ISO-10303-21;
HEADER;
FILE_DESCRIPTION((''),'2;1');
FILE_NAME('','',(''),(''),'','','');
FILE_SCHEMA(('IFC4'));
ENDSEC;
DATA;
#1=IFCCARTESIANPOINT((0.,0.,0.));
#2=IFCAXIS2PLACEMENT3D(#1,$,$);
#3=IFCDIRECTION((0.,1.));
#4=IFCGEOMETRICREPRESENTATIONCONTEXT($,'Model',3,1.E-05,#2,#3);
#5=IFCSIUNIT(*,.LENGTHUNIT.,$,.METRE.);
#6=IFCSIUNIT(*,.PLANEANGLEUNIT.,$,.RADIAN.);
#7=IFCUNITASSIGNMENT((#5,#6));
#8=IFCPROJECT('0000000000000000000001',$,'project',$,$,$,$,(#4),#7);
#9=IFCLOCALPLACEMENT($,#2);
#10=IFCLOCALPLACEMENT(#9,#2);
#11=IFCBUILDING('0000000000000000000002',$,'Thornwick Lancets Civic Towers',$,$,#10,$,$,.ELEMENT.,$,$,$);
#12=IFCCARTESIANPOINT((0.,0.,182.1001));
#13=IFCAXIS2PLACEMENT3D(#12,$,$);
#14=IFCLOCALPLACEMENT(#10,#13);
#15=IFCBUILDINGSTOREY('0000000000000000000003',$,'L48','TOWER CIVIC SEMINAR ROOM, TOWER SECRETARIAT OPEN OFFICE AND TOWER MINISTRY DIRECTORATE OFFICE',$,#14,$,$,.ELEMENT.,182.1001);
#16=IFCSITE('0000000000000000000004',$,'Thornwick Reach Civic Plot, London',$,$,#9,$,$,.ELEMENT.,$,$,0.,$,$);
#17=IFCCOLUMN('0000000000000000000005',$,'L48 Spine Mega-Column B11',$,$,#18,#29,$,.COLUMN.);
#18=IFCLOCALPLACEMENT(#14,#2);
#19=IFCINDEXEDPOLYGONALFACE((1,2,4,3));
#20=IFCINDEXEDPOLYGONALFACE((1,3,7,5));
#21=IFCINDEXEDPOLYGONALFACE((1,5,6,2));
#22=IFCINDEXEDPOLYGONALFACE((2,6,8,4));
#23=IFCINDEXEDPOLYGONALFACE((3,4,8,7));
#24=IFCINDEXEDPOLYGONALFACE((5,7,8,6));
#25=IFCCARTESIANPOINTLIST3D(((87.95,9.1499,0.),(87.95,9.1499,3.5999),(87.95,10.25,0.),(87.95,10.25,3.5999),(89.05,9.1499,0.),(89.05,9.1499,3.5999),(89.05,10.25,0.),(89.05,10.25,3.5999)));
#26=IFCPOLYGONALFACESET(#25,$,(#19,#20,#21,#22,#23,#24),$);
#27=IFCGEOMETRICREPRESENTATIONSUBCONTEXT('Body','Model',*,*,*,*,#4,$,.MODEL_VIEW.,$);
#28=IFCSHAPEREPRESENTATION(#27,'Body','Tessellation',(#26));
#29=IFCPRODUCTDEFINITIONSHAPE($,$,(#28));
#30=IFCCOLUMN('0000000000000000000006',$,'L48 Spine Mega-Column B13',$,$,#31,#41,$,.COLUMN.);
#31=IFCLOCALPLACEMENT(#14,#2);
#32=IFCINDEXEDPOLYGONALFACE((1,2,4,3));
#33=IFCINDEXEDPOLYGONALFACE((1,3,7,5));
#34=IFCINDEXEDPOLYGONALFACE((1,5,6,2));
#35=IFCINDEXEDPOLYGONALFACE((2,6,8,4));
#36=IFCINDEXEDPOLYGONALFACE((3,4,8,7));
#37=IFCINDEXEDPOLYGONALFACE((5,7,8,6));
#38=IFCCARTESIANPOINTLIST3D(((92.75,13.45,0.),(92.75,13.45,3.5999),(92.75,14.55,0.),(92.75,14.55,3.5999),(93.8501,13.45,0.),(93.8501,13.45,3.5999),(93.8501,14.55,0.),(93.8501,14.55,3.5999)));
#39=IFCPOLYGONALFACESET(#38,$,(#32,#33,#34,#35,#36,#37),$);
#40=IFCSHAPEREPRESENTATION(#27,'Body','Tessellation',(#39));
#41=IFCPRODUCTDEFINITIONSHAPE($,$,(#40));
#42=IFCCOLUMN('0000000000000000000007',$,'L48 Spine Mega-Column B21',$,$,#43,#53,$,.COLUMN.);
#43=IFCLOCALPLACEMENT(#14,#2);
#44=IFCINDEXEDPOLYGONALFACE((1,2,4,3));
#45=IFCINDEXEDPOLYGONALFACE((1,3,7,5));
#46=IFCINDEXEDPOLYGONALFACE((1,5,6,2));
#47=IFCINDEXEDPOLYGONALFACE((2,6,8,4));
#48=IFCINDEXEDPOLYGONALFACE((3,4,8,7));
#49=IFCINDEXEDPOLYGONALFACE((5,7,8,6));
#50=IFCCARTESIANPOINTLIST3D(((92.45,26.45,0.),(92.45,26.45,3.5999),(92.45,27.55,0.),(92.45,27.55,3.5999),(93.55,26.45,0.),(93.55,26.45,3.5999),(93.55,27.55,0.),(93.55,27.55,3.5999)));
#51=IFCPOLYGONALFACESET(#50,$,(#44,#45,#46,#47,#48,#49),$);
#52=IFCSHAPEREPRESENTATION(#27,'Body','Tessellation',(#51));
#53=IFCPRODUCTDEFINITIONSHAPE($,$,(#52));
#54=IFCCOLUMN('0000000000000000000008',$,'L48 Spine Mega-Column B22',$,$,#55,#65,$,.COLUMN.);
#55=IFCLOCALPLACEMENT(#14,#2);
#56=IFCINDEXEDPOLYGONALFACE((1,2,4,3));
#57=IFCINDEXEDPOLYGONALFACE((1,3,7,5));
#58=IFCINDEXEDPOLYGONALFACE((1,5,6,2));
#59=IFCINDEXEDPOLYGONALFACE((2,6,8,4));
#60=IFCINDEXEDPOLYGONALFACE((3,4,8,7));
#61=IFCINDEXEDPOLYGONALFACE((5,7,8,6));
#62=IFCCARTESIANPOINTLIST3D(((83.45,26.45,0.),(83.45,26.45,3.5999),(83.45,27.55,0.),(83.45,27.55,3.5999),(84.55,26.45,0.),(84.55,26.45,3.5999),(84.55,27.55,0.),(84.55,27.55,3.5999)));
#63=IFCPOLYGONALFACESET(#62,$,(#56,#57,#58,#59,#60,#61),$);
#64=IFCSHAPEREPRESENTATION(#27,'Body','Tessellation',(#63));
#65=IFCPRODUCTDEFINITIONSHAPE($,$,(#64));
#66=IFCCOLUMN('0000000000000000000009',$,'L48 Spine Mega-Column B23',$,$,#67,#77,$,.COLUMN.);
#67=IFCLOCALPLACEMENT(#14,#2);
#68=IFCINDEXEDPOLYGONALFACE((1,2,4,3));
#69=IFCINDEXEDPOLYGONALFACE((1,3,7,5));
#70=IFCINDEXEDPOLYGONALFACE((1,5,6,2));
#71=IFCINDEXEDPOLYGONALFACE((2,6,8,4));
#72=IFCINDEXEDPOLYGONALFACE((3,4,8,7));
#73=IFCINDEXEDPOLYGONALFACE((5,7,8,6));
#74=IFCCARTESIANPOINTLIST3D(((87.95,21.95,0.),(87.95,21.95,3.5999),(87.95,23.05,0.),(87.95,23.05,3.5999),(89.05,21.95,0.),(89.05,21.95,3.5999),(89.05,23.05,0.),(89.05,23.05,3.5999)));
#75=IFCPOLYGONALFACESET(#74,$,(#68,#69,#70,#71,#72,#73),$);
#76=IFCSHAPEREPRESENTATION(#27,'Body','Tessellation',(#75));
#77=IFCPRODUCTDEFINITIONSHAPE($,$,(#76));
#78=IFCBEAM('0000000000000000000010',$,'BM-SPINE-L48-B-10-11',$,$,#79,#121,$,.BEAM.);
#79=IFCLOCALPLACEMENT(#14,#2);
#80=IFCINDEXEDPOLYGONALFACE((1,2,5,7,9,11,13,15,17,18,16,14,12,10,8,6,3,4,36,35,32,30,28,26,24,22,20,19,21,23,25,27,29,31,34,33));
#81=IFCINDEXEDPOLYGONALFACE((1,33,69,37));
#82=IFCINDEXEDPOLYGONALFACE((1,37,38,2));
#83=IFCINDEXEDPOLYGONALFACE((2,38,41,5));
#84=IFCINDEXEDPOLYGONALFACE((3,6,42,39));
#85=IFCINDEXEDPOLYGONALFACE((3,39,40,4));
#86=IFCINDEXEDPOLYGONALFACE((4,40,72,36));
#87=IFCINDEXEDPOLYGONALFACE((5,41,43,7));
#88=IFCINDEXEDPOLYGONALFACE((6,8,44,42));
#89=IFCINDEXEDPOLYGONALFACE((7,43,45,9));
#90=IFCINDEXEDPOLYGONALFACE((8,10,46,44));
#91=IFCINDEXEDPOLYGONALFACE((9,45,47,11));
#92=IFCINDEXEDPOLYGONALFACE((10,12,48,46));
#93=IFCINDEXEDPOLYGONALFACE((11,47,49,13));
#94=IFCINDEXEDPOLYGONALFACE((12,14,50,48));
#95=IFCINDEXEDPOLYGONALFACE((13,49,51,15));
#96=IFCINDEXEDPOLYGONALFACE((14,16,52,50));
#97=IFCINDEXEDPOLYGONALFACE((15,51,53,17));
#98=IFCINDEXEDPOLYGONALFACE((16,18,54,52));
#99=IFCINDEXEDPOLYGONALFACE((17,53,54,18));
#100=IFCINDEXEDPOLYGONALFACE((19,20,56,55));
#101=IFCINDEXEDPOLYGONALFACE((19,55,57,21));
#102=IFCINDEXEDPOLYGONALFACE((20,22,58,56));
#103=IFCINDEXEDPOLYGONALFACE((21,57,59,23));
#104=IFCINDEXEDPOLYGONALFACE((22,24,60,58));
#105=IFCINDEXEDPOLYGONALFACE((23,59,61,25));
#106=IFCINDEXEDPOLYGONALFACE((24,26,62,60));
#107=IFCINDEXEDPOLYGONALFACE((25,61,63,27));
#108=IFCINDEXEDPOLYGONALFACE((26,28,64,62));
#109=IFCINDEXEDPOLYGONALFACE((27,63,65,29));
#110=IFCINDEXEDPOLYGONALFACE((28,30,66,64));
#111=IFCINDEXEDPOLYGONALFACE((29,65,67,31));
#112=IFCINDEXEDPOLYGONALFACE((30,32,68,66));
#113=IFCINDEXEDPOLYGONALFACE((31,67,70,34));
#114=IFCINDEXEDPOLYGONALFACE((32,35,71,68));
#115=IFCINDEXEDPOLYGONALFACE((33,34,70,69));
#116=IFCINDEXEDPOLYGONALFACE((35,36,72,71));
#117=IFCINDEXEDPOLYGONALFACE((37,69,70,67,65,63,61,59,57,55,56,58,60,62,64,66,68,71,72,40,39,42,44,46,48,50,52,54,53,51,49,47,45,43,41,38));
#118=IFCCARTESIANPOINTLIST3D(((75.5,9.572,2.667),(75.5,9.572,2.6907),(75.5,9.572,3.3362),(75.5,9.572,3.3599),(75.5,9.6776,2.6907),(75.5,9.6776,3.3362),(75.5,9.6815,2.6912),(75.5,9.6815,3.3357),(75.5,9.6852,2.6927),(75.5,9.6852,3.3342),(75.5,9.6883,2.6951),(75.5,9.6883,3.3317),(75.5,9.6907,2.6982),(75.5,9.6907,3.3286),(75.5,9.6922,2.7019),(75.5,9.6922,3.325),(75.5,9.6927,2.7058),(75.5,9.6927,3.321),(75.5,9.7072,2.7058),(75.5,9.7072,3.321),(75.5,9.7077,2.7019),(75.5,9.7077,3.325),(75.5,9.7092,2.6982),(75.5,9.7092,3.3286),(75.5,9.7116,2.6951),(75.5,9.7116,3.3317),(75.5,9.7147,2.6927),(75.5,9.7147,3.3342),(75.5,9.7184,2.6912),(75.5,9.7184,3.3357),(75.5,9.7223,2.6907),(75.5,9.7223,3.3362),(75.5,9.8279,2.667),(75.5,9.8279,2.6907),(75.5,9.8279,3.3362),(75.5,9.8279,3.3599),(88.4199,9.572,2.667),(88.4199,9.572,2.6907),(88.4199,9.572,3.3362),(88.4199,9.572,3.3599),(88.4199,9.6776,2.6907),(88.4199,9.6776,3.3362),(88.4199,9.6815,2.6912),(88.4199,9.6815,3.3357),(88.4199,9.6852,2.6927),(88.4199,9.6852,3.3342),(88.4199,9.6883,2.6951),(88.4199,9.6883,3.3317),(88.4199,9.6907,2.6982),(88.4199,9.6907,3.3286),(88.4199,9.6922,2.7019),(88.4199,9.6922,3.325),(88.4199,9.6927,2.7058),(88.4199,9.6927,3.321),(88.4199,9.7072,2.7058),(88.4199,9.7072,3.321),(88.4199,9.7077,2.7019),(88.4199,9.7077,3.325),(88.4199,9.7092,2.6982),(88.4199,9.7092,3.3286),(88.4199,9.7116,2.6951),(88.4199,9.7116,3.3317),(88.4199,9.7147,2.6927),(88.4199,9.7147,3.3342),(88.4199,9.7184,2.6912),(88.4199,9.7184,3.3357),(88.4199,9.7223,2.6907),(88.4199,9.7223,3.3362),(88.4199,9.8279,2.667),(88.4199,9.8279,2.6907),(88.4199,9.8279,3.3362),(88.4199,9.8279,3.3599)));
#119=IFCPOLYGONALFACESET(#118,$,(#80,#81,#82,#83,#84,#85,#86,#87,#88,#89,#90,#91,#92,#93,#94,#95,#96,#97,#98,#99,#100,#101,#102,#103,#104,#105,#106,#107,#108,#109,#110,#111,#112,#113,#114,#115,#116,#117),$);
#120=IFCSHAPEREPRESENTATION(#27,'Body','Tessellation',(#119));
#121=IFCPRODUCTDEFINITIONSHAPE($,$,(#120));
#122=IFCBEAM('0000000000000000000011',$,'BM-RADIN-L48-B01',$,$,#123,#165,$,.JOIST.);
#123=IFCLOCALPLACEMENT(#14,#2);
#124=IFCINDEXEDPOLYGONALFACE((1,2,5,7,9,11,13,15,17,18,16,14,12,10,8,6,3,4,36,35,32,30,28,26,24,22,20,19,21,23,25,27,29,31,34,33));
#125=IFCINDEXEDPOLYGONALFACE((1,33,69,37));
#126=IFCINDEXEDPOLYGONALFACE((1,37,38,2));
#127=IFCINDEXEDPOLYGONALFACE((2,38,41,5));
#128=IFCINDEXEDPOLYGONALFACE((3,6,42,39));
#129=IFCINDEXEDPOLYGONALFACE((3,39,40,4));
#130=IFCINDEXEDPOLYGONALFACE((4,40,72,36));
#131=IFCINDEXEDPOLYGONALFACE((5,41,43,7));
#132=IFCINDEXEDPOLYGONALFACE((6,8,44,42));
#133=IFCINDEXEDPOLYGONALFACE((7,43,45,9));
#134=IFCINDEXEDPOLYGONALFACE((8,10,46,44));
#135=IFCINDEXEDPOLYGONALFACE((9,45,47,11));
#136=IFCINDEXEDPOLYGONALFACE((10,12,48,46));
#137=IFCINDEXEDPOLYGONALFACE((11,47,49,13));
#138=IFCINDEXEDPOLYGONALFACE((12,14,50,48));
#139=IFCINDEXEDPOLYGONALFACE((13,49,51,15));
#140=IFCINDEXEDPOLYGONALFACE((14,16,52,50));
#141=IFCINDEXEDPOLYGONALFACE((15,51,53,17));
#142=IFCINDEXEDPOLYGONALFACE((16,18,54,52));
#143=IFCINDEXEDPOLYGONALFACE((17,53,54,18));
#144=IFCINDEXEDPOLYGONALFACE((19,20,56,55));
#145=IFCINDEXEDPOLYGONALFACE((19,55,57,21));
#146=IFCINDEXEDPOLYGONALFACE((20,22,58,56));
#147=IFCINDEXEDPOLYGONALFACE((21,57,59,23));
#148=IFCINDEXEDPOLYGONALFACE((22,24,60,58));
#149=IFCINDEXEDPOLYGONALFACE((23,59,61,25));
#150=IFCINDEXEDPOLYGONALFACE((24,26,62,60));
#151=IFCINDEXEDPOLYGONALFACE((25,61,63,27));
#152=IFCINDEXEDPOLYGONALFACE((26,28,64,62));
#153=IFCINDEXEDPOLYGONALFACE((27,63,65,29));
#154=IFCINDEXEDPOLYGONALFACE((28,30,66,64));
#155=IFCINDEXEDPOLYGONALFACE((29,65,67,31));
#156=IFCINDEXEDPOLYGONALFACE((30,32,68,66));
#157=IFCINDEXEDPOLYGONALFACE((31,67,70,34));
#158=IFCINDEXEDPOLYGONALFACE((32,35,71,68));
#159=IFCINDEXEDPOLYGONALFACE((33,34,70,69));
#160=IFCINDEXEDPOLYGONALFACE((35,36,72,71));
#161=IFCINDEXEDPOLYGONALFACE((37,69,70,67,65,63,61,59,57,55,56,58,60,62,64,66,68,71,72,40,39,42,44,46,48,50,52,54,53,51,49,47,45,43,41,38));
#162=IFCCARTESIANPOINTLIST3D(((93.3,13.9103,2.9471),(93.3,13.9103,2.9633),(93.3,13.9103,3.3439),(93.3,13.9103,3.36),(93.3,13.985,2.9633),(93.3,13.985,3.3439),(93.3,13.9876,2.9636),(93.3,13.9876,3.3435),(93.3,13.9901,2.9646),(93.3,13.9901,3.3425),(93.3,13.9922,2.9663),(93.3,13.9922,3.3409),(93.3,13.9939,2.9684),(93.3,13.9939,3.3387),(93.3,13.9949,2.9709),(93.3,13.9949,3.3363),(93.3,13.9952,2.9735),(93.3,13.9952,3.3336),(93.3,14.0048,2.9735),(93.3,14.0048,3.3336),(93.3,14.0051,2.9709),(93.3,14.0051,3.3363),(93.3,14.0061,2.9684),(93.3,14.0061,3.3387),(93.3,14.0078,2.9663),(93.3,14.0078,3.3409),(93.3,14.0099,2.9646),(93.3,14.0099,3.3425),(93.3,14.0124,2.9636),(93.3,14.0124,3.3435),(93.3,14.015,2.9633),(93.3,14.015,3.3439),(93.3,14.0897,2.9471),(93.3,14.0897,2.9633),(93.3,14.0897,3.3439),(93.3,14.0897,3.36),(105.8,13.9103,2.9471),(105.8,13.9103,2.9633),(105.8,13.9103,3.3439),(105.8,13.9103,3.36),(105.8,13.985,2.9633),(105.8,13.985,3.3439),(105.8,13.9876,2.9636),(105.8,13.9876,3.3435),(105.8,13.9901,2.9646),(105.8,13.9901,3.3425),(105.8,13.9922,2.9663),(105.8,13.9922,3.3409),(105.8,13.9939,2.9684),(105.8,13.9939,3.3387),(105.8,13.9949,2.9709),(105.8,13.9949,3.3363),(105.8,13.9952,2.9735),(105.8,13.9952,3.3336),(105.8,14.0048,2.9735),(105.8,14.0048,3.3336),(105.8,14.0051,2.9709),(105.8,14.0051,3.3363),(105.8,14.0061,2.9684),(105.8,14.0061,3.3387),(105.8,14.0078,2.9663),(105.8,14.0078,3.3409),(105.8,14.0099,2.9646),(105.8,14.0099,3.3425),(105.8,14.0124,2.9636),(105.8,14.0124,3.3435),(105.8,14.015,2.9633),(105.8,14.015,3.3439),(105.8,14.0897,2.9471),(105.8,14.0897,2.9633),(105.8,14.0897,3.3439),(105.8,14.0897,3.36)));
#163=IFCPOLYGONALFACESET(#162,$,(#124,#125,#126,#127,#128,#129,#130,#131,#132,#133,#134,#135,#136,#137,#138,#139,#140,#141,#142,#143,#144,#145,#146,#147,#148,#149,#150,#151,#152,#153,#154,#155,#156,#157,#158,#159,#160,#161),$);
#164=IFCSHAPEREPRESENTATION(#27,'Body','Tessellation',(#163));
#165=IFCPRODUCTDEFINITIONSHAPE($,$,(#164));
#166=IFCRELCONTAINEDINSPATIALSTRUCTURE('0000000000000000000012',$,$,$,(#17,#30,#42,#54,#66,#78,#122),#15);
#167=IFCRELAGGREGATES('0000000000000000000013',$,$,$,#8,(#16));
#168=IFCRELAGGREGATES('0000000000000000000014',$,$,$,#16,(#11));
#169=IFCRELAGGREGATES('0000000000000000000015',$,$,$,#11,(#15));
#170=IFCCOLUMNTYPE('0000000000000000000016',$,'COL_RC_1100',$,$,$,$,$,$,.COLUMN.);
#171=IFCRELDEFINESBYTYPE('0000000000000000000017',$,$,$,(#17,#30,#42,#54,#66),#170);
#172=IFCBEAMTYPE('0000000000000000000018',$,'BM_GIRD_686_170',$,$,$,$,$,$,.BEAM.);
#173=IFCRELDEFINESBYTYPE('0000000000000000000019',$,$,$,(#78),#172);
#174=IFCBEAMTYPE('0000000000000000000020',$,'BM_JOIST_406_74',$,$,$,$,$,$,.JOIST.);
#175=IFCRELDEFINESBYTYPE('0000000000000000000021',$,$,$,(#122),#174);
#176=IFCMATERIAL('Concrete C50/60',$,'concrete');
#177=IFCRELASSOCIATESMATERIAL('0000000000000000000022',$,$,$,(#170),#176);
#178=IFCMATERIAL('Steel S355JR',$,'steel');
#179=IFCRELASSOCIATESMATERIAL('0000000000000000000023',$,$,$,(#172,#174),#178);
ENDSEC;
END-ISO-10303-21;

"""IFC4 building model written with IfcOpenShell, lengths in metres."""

from ifc_helpers import new_model, si_unit, direction, frame, origin, origin_2d, place, context, subcontext, project, spatial, rectangle, i_section, extrude, material, material_profile, profile_set, type_object, element, save


model = new_model("IFC4")

# Units and contexts
model_context = context("Model", 3, precision=1e-05, world=origin(), true_north=direction((0.0, 1.0)))
body_context = subcontext(model_context, "Body", "Model", "MODEL_VIEW")
ifc_project = project(units=[si_unit("LENGTHUNIT", "METRE"), si_unit("PLANEANGLEUNIT", "RADIAN")], contexts=[model_context])

# Site, building, storey
site_placement = place(None, origin())
site = spatial("IfcSite", under=ifc_project, at=site_placement, Name="Thornwick Reach Civic Plot, London", CompositionType="ELEMENT", RefElevation=0.0)
building_placement = place(site_placement, origin())
building = spatial("IfcBuilding", under=site, at=building_placement, Name="Thornwick Lancets Civic Towers", CompositionType="ELEMENT")
storey_placement = place(building_placement, frame((0.0, 0.0, 182.1001)))
storey = spatial("IfcBuildingStorey", under=building, at=storey_placement, Name="L48", Description="TOWER CIVIC SEMINAR ROOM, TOWER SECRETARIAT OPEN OFFICE AND TOWER MINISTRY DIRECTORATE OFFICE", CompositionType="ELEMENT", Elevation=182.1001)

# Columns
ifc_material_1 = material(Name="Concrete C50/60", Category="concrete")
ifc_material_profile_1 = material_profile(ifc_material_1, rectangle(XDim=1.1001, YDim=1.1001, at=origin_2d()), Name="RC 1100x1100")
ifc_profile_set_1 = profile_set([ifc_material_profile_1], Name="Concrete C50/60")
column_type = type_object("IfcColumnType", Name="COL_RC_1100", PredefinedType="COLUMN", material=ifc_profile_set_1)
for number, where, z_axis, x_axis, name in (
    (1, (88.5, 9.7, 0.0), (0.0, 0.0, 1.0), (1.0, 0.0, 0.0), "L48 Spine Mega-Column B11"),
    (2, (93.3, 14.0, 0.0), (0.0, 0.0, 1.0), (1.0, 0.0, 0.0), "L48 Spine Mega-Column B13"),
    (3, (93.0, 27.0, 0.0), (0.0, 0.0, 1.0), (1.0, 0.0, 0.0), "L48 Spine Mega-Column B21"),
    (4, (84.0, 27.0, 0.0), (0.0, 0.0, 1.0), (1.0, 0.0, 0.0), "L48 Spine Mega-Column B22"),
    (5, (88.5, 22.5, 0.0), (0.0, 0.0, 1.0), (1.0, 0.0, 0.0), "L48 Spine Mega-Column B23"),
):
    element("IfcColumn", number, at=place(storey_placement, frame(where, z_axis=z_axis, x_axis=x_axis)), inside=storey, type_object=column_type, Name=name, PredefinedType="COLUMN", context=body_context, shape_type="SweptSolid", body=[
        extrude(rectangle(XDim=1.1001, YDim=1.1001, at=origin_2d()), origin(), (0.0, 0.0, 1.0), 3.5999),
    ])

# Beams
ifc_material_2 = material(Name="Steel S355JR", Category="steel")
ifc_material_profile_2 = material_profile(ifc_material_2, i_section(OverallWidth=0.2559, OverallDepth=0.6929, WebThickness=0.0144, FlangeThickness=0.0237, FilletRadius=0.0151, at=origin_2d()), Name="UKB 686x254x170")
ifc_profile_set_2 = profile_set([ifc_material_profile_2], Name="Steel S355JR")
beam_type_1 = type_object("IfcBeamType", Name="BM_GIRD_686_170", PredefinedType="BEAM", material=ifc_profile_set_2)
beam_1_placement = place(storey_placement, frame((88.4199, 9.7, 3.0134), z_axis=(-1.0, 0.0, 0.0), x_axis=(0.0, -1.0, 0.0)))
element("IfcBeam", 6, at=beam_1_placement, inside=storey, type_object=beam_type_1, Name="BM-SPINE-L48-B-10-11", PredefinedType="BEAM", context=body_context, shape_type="SweptSolid", body=[
    extrude(i_section(OverallWidth=0.2559, OverallDepth=0.6929, WebThickness=0.0144, FlangeThickness=0.0237, FilletRadius=0.0151, at=origin_2d()), origin(), (0.0, 0.0, 1.0), 12.9199),
])
ifc_material_profile_3 = material_profile(ifc_material_2, i_section(OverallWidth=0.1794, OverallDepth=0.4128, WebThickness=0.0095, FlangeThickness=0.0161, FilletRadius=0.0103, at=origin_2d()), Name="UKB 406x178x74")
ifc_profile_set_3 = profile_set([ifc_material_profile_3], Name="Steel S355JR")
beam_type_2 = type_object("IfcBeamType", Name="BM_JOIST_406_74", PredefinedType="JOIST", material=ifc_profile_set_3)
beam_2_placement = place(storey_placement, frame((93.3, 14.0, 3.1536), z_axis=(1.0, 0.0, 0.0), x_axis=(0.0, 1.0, 0.0)))
element("IfcBeam", 7, at=beam_2_placement, inside=storey, type_object=beam_type_2, Name="BM-RADIN-L48-B01", PredefinedType="JOIST", context=body_context, shape_type="SweptSolid", body=[
    extrude(i_section(OverallWidth=0.1794, OverallDepth=0.4128, WebThickness=0.0095, FlangeThickness=0.0161, FilletRadius=0.0103, at=origin_2d()), origin(), (0.0, 0.0, 1.0), 12.5),
])

save(model, "model.ifc")
